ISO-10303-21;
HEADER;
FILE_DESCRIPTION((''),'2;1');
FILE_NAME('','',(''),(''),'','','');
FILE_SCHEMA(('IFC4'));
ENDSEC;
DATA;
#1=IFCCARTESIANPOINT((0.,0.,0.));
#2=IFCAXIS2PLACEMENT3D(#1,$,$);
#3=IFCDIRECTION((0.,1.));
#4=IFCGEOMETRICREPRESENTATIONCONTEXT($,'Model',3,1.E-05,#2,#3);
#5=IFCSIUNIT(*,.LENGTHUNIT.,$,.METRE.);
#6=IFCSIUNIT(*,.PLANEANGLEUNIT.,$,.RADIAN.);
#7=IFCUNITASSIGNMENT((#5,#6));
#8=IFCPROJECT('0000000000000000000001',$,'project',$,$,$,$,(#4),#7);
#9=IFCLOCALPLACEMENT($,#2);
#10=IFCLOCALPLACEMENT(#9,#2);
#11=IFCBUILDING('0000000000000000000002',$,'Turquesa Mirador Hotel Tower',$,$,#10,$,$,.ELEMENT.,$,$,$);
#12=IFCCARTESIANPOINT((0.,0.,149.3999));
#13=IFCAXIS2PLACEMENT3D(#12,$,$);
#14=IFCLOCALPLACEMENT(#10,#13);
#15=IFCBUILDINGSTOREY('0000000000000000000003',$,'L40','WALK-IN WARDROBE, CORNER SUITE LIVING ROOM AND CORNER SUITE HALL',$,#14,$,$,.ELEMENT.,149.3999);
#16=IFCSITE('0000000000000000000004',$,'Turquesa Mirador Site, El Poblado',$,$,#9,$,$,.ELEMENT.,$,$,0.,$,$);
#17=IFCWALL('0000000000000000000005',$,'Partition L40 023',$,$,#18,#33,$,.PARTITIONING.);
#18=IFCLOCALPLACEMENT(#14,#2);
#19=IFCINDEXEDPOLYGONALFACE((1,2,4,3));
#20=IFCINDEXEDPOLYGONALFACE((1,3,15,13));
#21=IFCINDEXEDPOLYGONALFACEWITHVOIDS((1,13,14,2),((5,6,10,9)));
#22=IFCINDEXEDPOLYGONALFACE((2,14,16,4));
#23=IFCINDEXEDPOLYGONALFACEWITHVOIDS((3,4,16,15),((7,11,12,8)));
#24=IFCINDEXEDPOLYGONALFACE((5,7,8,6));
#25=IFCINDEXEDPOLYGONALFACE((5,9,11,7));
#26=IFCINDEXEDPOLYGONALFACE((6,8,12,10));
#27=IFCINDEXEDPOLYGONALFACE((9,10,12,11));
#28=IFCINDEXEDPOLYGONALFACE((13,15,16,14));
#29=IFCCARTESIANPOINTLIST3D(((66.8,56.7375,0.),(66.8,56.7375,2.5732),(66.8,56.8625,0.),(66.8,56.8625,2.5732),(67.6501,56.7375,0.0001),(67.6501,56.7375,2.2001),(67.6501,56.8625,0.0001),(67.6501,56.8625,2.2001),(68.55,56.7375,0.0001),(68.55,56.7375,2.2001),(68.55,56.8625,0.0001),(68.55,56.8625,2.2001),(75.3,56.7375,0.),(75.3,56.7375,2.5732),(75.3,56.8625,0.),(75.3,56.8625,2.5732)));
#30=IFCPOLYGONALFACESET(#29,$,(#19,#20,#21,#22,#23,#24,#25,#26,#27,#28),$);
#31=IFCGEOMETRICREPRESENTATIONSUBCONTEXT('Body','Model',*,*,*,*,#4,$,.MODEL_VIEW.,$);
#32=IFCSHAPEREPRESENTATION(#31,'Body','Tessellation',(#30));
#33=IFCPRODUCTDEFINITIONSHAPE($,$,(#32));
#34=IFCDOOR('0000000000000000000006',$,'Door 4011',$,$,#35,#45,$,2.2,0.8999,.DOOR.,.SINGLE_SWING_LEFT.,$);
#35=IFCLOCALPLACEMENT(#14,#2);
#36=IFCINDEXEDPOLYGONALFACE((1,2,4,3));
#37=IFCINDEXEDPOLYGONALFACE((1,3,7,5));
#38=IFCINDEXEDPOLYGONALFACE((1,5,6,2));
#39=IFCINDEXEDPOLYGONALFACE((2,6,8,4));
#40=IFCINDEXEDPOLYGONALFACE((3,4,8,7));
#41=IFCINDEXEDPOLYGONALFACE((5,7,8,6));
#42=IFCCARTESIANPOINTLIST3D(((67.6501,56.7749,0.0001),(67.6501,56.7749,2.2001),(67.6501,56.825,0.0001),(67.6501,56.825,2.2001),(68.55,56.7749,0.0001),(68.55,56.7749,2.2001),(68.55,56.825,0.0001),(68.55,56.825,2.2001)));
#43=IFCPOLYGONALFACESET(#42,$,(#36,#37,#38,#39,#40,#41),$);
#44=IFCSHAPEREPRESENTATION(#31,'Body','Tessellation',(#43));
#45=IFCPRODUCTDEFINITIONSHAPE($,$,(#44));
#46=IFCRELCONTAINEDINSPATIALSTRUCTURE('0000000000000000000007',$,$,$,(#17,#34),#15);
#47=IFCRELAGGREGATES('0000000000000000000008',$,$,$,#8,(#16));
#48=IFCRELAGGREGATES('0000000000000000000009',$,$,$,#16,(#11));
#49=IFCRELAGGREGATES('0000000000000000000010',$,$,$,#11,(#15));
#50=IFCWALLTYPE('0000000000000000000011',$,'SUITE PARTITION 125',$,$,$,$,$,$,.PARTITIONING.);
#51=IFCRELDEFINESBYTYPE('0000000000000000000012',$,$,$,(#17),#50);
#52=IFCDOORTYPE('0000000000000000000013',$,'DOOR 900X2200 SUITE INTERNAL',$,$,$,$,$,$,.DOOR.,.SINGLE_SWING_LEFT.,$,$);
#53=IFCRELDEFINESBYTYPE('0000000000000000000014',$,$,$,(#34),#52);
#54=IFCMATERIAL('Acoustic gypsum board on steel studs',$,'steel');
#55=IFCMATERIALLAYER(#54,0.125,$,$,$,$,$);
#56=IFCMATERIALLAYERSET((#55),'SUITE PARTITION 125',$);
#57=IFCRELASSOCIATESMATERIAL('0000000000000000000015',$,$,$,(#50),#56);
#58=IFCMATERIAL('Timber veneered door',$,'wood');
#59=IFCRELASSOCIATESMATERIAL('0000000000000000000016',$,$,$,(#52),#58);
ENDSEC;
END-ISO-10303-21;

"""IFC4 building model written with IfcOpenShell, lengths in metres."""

from ifc_helpers import new_model, si_unit, direction, frame, frame_2d, origin, place, context, subcontext, project, spatial, rectangle, extrude, material, layer, layer_set, type_object, element, fill, save


model = new_model("IFC4")

# Units and contexts
model_context = context("Model", 3, precision=1e-05, world=origin(), true_north=direction((0.0, 1.0)))
body_context = subcontext(model_context, "Body", "Model", "MODEL_VIEW")
ifc_project = project(units=[si_unit("LENGTHUNIT", "METRE"), si_unit("PLANEANGLEUNIT", "RADIAN")], contexts=[model_context])

# Site, building, storey
site_placement = place(None, origin())
site = spatial("IfcSite", under=ifc_project, at=site_placement, Name="Turquesa Mirador Site, El Poblado", CompositionType="ELEMENT", RefElevation=0.0)
building_placement = place(site_placement, origin())
building = spatial("IfcBuilding", under=site, at=building_placement, Name="Turquesa Mirador Hotel Tower", CompositionType="ELEMENT")
storey_placement = place(building_placement, frame((0.0, 0.0, 149.3999)))
storey = spatial("IfcBuildingStorey", under=building, at=storey_placement, Name="L40", Description="WALK-IN WARDROBE, CORNER SUITE LIVING ROOM AND CORNER SUITE HALL", CompositionType="ELEMENT", Elevation=149.3999)

# Wall, opening, door
ifc_material_1 = material(Name="Acoustic gypsum board on steel studs", Category="steel")
ifc_layer_1 = layer(ifc_material_1, 0.125)
ifc_layer_set_1 = layer_set([ifc_layer_1], Name="SUITE PARTITION 125")
wall_type_1 = type_object("IfcWallType", Name="SUITE PARTITION 125", PredefinedType="PARTITIONING", material=ifc_layer_set_1)
wall_1_placement = place(storey_placement, frame((66.8, 56.8, 0.0), z_axis=(0.0, 0.0, 1.0), x_axis=(1.0, 0.0, 0.0)))
wall_1 = element("IfcWall", 1, at=wall_1_placement, inside=storey, type_object=wall_type_1, Name="Partition L40 023", PredefinedType="PARTITIONING", context=body_context, shape_type="SweptSolid", body=[
    extrude(rectangle(XDim=8.5, YDim=0.125, at=frame_2d((4.25, 0.0))), origin(), (0.0, 0.0, 1.0), 2.5732),
])
opening_1_placement = place(wall_1_placement, frame((0.8501, 0.0, 0.0)))
opening_1 = element("IfcOpeningElement", 2, at=opening_1_placement, cuts=wall_1, PredefinedType="OPENING", context=body_context, shape_type="SweptSolid", body=[
    extrude(rectangle(XDim=0.8999, YDim=2.2, at=frame_2d((0.45, 1.1001))), frame((0.0, 0.0725, 0.0), z_axis=(0.0, -1.0, 0.0), x_axis=(1.0, 0.0, 0.0)), (0.0, 0.0, 1.0), 0.145),
])
ifc_material_2 = material(Name="Timber veneered door", Category="wood")
door_type = type_object("IfcDoorType", Name="DOOR 900X2200 SUITE INTERNAL", OperationType="SINGLE_SWING_LEFT", PredefinedType="DOOR", material=ifc_material_2)
door_placement = place(opening_1_placement, origin())
door = element("IfcDoor", 3, at=door_placement, inside=storey, type_object=door_type, Name="Door 4011", OperationType="SINGLE_SWING_LEFT", OverallHeight=2.2, OverallWidth=0.8999, PredefinedType="DOOR", context=body_context, shape_type="SweptSolid", body=[
    extrude(rectangle(XDim=0.8999, YDim=2.2, at=frame_2d((0.45, 1.1001))), frame((0.0, 0.0249, 0.0), z_axis=(0.0, -1.0, 0.0), x_axis=(1.0, 0.0, 0.0)), (0.0, 0.0, 1.0), 0.05),
])
fill(opening_1, door)

save(model, "model.ifc")
